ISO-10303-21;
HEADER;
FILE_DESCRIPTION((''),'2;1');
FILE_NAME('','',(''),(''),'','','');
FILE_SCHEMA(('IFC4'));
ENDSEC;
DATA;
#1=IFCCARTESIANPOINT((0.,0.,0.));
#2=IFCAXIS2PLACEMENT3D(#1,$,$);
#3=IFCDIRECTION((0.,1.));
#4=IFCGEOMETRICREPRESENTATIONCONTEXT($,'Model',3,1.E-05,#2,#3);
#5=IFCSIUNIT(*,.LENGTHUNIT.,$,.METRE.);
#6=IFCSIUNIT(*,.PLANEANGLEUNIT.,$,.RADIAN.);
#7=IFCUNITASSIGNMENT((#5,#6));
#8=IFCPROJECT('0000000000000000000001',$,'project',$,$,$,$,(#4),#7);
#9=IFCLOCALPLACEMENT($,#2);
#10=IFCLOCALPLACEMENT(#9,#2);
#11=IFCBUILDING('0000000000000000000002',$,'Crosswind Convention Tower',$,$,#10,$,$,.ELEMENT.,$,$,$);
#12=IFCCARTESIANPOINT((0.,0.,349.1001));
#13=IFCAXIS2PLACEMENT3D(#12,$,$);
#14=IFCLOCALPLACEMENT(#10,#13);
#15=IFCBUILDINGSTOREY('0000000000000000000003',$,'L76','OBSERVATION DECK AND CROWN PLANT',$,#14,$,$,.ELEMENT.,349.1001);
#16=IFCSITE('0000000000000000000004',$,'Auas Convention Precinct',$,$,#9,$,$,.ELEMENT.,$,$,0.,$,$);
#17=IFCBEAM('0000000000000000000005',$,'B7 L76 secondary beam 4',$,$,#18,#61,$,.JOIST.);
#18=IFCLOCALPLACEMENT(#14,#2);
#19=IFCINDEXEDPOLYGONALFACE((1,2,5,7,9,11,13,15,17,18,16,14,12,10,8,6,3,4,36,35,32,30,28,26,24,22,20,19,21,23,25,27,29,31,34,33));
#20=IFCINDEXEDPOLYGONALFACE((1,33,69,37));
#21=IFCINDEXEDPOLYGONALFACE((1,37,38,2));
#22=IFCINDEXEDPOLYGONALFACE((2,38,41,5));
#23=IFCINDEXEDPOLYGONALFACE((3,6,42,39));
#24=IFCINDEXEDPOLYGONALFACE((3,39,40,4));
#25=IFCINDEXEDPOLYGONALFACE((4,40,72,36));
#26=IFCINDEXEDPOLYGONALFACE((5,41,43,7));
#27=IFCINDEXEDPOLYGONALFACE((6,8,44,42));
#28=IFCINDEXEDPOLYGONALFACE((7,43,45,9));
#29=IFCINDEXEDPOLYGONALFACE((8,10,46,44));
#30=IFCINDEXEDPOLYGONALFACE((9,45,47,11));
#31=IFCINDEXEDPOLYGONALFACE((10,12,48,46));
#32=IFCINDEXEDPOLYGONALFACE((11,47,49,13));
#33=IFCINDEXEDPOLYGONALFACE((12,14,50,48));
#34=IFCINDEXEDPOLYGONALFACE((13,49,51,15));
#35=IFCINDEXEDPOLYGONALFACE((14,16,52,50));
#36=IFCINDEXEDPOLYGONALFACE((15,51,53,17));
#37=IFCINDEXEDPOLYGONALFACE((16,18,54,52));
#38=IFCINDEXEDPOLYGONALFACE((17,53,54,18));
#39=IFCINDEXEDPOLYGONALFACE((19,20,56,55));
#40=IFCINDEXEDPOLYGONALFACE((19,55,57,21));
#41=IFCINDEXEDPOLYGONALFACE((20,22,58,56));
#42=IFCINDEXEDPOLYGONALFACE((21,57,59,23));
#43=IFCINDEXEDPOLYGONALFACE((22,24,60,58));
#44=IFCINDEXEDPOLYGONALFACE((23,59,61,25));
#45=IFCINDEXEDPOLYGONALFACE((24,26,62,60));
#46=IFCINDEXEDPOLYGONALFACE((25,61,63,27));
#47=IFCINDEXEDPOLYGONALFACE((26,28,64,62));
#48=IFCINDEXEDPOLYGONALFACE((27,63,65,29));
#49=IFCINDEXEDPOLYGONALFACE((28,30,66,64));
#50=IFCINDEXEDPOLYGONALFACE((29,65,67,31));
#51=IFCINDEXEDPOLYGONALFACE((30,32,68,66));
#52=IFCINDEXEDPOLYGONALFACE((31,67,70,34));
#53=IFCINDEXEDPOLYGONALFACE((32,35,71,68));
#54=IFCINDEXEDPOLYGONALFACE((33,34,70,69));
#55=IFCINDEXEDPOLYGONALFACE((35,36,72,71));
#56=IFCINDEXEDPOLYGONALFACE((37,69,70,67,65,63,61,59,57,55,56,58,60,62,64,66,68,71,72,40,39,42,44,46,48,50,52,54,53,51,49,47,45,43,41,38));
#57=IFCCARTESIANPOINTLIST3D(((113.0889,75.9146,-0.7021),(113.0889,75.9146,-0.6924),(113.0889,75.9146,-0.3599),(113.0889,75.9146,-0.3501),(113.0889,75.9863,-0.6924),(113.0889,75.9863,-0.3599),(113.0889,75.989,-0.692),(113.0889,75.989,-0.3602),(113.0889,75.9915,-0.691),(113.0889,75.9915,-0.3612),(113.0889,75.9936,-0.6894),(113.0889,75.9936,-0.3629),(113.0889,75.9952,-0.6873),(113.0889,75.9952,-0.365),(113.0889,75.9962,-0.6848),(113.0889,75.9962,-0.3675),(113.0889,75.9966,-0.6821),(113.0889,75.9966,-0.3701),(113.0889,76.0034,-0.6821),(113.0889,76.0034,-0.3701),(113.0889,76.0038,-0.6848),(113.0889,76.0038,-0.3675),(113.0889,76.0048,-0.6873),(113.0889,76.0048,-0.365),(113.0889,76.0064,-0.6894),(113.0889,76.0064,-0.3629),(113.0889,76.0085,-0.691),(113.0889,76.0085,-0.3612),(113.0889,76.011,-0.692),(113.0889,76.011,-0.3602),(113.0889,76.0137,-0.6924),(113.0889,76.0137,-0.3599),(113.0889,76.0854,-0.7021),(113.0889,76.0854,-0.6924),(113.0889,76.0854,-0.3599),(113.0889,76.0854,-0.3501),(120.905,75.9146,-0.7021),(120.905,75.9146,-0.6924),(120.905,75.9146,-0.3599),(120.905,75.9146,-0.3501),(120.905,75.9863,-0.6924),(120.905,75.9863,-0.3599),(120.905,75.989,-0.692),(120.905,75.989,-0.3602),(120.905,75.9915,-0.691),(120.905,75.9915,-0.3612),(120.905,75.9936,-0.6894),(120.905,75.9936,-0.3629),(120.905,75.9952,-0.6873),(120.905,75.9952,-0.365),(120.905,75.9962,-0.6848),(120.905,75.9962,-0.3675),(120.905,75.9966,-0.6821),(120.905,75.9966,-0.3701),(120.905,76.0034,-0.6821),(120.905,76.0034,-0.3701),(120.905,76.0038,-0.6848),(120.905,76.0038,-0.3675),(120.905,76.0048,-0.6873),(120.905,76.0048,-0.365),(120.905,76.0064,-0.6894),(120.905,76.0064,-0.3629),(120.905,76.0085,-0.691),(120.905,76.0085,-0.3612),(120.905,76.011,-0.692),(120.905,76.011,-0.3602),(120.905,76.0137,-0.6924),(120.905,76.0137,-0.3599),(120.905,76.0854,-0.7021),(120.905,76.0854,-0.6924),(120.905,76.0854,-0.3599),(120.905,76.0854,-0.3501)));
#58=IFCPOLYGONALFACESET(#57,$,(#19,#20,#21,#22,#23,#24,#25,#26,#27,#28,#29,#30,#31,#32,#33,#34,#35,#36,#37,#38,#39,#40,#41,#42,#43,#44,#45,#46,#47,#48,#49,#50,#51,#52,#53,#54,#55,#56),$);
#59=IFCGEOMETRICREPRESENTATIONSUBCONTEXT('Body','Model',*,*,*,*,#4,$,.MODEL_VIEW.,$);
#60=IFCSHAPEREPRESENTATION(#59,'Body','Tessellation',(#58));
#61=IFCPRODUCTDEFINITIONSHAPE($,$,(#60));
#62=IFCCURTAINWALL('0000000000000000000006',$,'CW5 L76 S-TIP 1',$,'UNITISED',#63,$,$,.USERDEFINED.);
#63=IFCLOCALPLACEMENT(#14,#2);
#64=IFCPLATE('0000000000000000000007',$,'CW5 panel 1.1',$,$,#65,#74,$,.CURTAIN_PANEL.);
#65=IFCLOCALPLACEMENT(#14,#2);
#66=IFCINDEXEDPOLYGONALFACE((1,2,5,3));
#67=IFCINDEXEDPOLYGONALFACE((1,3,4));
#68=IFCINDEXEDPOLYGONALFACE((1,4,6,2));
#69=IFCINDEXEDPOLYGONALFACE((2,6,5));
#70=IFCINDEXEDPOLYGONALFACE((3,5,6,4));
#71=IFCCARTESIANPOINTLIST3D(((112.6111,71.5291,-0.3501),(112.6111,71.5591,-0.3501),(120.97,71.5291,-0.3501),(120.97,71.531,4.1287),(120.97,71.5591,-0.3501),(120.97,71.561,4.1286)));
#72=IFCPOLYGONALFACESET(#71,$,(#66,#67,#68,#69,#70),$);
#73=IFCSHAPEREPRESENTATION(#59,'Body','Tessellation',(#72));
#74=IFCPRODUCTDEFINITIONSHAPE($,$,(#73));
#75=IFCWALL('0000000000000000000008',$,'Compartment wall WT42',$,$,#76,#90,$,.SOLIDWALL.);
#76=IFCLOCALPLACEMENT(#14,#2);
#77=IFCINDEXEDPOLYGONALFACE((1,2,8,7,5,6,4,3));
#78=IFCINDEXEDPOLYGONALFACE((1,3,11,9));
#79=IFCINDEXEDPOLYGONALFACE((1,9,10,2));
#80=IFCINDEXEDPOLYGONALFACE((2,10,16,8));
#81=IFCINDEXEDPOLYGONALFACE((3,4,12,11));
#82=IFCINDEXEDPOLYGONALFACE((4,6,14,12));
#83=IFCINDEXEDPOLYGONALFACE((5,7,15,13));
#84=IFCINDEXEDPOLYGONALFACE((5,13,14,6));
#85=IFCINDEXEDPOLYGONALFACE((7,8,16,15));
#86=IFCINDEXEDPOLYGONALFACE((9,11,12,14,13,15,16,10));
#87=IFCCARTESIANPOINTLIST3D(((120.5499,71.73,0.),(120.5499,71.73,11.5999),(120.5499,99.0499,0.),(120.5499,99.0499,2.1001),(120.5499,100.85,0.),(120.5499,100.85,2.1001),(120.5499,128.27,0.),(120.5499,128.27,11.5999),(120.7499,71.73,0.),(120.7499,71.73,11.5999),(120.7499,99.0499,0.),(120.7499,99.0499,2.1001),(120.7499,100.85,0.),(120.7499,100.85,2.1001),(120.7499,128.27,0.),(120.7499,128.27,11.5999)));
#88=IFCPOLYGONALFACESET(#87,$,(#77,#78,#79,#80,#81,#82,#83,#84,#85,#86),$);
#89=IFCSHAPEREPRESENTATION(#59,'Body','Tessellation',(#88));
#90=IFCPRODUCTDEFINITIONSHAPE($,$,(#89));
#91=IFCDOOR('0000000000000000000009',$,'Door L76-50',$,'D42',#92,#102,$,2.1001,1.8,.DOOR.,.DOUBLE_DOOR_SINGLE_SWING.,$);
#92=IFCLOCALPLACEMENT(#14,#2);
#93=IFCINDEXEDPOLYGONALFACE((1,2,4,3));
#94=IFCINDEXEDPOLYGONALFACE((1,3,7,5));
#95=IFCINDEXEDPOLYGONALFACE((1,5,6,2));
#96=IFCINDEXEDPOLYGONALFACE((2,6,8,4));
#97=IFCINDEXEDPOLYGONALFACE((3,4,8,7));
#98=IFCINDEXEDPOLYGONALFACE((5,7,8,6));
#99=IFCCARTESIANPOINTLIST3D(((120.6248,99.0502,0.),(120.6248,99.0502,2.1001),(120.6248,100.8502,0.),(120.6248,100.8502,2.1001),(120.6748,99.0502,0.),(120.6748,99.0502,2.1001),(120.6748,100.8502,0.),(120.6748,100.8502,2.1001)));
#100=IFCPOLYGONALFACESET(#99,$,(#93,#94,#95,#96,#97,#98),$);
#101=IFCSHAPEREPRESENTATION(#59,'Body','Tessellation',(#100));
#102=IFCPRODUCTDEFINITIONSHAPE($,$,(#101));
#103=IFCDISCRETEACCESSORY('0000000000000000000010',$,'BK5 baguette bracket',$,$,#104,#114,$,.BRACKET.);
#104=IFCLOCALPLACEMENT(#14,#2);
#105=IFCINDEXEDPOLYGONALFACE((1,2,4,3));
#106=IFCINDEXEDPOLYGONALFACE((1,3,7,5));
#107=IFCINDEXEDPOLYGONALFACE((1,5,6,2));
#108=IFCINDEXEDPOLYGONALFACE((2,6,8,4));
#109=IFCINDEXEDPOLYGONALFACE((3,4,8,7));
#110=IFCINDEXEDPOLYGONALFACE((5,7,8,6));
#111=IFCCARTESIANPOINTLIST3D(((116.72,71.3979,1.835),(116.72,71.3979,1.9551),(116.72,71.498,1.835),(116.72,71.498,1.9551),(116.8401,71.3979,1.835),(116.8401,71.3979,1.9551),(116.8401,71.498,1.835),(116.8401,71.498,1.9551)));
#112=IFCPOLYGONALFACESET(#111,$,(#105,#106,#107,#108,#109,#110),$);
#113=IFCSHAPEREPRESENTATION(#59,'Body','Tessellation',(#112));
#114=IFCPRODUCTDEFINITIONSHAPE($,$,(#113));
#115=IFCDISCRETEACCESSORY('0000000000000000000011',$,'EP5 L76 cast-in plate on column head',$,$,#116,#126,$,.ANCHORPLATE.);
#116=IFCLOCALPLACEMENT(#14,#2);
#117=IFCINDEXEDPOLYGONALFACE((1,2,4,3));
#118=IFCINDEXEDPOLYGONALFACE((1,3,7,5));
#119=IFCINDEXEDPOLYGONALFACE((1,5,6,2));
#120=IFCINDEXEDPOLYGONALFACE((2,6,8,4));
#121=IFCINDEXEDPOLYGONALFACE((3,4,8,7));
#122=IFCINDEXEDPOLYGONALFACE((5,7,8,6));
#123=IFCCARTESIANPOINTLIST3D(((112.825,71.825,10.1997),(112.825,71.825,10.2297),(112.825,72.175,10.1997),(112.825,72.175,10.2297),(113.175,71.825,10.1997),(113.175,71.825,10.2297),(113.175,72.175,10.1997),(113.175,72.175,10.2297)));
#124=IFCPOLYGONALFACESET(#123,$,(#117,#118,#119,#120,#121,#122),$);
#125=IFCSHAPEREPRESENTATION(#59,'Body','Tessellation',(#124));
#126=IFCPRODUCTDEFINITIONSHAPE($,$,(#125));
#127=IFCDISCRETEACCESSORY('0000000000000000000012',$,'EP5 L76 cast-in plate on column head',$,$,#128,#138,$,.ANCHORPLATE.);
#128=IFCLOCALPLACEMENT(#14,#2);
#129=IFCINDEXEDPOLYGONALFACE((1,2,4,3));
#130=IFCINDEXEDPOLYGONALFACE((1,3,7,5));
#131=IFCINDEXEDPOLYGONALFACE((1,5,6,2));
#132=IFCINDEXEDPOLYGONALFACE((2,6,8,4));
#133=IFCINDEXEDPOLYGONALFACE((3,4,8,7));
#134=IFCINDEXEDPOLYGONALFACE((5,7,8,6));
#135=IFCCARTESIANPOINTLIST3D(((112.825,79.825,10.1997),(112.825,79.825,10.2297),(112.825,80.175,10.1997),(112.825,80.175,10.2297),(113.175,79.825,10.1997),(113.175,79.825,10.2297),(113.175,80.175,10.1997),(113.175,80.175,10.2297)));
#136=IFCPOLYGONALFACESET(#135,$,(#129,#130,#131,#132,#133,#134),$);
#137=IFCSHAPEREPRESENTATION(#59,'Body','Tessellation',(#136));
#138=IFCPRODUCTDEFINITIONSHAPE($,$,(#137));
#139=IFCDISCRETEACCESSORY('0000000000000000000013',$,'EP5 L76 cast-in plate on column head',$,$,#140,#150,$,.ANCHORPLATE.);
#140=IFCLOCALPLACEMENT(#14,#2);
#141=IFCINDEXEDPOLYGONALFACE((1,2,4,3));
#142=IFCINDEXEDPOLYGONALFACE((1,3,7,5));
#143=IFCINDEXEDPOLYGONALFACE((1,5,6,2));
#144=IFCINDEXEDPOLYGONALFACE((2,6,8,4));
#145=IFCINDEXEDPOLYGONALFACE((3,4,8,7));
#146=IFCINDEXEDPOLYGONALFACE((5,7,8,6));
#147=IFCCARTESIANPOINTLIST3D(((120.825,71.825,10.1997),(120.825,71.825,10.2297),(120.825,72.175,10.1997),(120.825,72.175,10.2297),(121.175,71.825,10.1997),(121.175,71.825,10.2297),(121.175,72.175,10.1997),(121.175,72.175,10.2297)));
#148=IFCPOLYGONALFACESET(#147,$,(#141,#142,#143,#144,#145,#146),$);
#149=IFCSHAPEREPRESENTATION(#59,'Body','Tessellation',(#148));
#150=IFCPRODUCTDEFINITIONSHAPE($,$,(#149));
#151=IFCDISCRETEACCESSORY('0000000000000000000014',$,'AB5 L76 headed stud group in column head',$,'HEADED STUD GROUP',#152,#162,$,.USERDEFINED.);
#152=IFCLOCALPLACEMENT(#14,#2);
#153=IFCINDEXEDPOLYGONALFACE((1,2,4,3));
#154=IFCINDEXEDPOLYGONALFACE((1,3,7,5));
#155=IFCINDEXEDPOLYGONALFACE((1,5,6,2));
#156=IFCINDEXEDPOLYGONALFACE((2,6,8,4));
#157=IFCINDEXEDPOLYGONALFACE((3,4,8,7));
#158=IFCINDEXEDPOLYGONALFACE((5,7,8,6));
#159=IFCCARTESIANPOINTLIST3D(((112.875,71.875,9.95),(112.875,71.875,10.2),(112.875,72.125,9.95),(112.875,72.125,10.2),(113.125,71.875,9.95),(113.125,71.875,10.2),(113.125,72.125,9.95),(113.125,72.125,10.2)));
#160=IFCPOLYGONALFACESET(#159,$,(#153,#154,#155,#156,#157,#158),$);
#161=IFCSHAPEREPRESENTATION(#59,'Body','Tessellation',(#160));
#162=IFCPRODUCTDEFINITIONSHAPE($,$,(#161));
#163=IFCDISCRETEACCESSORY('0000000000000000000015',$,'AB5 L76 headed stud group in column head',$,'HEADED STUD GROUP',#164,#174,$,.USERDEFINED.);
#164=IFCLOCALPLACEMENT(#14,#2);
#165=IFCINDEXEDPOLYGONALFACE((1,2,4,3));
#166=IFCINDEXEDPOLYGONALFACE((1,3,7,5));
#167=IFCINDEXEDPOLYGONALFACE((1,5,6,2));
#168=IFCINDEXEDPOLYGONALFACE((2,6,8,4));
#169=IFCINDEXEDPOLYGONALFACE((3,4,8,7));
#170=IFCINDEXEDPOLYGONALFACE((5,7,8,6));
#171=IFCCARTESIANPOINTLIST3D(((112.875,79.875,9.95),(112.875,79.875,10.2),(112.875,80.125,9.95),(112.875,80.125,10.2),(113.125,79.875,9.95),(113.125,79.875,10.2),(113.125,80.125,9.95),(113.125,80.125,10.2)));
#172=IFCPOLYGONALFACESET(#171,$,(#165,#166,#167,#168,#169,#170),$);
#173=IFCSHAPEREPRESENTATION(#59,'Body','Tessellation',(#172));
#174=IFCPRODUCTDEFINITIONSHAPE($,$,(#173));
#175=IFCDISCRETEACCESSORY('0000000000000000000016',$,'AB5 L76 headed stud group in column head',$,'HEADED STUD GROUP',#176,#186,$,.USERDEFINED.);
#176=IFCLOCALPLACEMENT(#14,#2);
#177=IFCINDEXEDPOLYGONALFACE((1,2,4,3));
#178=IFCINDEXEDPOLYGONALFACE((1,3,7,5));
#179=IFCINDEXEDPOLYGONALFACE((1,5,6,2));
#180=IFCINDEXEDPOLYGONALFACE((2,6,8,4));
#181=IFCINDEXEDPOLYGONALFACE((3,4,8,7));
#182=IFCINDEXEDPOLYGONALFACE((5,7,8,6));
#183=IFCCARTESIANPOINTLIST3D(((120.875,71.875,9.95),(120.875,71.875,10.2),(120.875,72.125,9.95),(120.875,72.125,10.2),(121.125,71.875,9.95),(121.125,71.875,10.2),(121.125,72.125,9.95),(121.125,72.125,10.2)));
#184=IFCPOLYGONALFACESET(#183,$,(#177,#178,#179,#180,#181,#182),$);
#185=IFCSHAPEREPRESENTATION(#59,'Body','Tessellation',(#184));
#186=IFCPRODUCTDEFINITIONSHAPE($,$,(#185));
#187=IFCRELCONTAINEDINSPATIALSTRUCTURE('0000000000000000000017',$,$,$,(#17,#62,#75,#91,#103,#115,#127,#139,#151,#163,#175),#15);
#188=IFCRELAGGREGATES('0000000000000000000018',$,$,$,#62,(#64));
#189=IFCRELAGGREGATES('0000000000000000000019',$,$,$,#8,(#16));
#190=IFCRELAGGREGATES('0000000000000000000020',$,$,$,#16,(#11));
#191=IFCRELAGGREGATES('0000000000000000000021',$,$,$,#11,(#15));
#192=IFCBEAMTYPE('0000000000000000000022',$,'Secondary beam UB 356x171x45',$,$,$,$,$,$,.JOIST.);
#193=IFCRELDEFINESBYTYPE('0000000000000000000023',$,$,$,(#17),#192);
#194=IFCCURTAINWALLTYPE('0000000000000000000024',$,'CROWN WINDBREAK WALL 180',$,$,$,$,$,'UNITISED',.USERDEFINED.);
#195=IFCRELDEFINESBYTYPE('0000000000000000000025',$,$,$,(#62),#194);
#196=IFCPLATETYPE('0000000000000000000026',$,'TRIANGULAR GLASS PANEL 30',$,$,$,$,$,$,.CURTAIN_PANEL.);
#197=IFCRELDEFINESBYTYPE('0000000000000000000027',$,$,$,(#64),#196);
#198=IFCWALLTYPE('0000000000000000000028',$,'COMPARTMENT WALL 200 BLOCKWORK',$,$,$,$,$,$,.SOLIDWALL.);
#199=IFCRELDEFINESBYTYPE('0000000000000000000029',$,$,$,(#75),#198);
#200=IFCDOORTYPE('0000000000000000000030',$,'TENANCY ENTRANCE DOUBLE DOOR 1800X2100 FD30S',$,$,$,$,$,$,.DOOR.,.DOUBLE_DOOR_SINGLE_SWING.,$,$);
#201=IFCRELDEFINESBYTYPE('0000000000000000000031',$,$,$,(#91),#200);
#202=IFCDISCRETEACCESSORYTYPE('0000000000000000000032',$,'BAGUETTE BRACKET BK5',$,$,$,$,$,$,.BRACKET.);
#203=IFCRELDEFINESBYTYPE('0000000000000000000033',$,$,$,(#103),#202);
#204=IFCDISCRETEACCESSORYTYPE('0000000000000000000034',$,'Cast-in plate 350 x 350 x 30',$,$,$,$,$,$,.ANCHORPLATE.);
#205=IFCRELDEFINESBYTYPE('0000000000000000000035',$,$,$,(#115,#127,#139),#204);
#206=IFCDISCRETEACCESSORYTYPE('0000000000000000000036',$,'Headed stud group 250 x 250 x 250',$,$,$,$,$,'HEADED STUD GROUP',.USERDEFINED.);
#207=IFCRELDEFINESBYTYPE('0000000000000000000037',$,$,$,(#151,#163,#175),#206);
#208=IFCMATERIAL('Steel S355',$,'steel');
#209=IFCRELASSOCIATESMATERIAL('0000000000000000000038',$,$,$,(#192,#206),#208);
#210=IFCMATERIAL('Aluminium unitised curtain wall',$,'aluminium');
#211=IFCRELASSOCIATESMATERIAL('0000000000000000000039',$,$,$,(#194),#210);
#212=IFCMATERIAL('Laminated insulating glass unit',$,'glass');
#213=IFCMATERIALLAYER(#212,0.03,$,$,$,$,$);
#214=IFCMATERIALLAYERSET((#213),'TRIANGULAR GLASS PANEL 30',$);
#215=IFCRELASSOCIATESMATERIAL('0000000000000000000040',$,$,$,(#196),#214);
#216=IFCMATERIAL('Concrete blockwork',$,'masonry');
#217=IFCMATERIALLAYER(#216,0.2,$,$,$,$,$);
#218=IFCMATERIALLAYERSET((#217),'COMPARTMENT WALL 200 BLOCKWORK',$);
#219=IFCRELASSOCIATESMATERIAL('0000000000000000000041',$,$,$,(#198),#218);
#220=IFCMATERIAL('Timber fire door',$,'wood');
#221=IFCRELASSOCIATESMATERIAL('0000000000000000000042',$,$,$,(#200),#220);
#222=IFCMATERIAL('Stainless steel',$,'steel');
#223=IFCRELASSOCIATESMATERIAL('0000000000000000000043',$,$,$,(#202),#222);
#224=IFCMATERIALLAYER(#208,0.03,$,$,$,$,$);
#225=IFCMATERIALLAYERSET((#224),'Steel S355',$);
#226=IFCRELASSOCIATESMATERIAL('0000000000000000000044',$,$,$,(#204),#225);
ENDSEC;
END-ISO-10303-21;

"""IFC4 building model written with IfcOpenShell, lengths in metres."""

from ifc_helpers import new_model, si_unit, direction, frame, frame_2d, origin, origin_2d, place, context, subcontext, project, spatial, polyline, rectangle, i_section, outline, extrude, material, layer, layer_set, material_profile, profile_set, type_object, element, fill, aggregate, save


model = new_model("IFC4")

# Units and contexts
model_context = context("Model", 3, precision=1e-05, world=origin(), true_north=direction((0.0, 1.0)))
body_context = subcontext(model_context, "Body", "Model", "MODEL_VIEW")
ifc_project = project(units=[si_unit("LENGTHUNIT", "METRE"), si_unit("PLANEANGLEUNIT", "RADIAN")], contexts=[model_context])

# Site, building, storey
site_placement = place(None, origin())
site = spatial("IfcSite", under=ifc_project, at=site_placement, Name="Auas Convention Precinct", CompositionType="ELEMENT", RefElevation=0.0)
building_placement = place(site_placement, origin())
building = spatial("IfcBuilding", under=site, at=building_placement, Name="Crosswind Convention Tower", CompositionType="ELEMENT")
storey_placement = place(building_placement, frame((0.0, 0.0, 349.1001)))
storey = spatial("IfcBuildingStorey", under=building, at=storey_placement, Name="L76", Description="OBSERVATION DECK AND CROWN PLANT", CompositionType="ELEMENT", Elevation=349.1001)

# Shared definitions
ifc_material_1 = material(Name="Steel S355", Category="steel")

# Beam
ifc_material_profile_1 = material_profile(ifc_material_1, i_section(OverallWidth=0.1709, OverallDepth=0.3521, WebThickness=0.0068, FlangeThickness=0.0098, FilletRadius=0.0103, at=origin_2d()), Name="UB 356x171x45")
ifc_profile_set_1 = profile_set([ifc_material_profile_1], Name="Steel S355")
beam_type_1 = type_object("IfcBeamType", Name="Secondary beam UB 356x171x45", PredefinedType="JOIST", material=ifc_profile_set_1)
beam_1_placement = place(storey_placement, frame((113.0889, 76.0, -0.5261), z_axis=(1.0, 0.0, 0.0), x_axis=(0.0, 1.0, 0.0)))
element("IfcBeam", 1, at=beam_1_placement, inside=storey, type_object=beam_type_1, Name="B7 L76 secondary beam 4", PredefinedType="JOIST", context=body_context, shape_type="SweptSolid", body=[
    extrude(i_section(OverallWidth=0.1709, OverallDepth=0.3521, WebThickness=0.0068, FlangeThickness=0.0098, FilletRadius=0.0103, at=origin_2d()), origin(), (0.0, 0.0, 1.0), 7.8162),
])

# Curtain wall, plate
ifc_material_2 = material(Name="Aluminium unitised curtain wall", Category="aluminium")
curtain_wall_type = type_object("IfcCurtainWallType", Name="CROWN WINDBREAK WALL 180", ElementType="UNITISED", PredefinedType="USERDEFINED", material=ifc_material_2)
curtain_wall_placement = place(storey_placement, origin())
curtain_wall = element("IfcCurtainWall", 2, at=curtain_wall_placement, inside=storey, type_object=curtain_wall_type, Name="CW5 L76 S-TIP 1", ObjectType="UNITISED", PredefinedType="USERDEFINED")
ifc_material_3 = material(Name="Laminated insulating glass unit", Category="glass")
ifc_layer_1 = layer(ifc_material_3, 0.03)
ifc_layer_set_1 = layer_set([ifc_layer_1], Name="TRIANGULAR GLASS PANEL 30")
plate_type = type_object("IfcPlateType", Name="TRIANGULAR GLASS PANEL 30", PredefinedType="CURTAIN_PANEL", material=ifc_layer_set_1)
plate_placement = place(storey_placement, frame((120.97, 71.5291, -0.3501), z_axis=(0.0, -1.0, 0.000436), x_axis=(0.0, 0.000436, 1.0)))
plate = element("IfcPlate", 3, at=plate_placement, type_object=plate_type, Name="CW5 panel 1.1", PredefinedType="CURTAIN_PANEL", context=body_context, shape_type="SweptSolid", body=[
    extrude(outline(polyline([(0.0, 0.0), (4.4788, 0.0), (0.0, 8.3589), (0.0, 0.0)])), origin(), (0.0, 0.0, -1.0), 0.03),
])
aggregate(curtain_wall, [plate])

# Wall, opening, door
ifc_material_4 = material(Name="Concrete blockwork", Category="masonry")
ifc_layer_2 = layer(ifc_material_4, 0.2)
ifc_layer_set_2 = layer_set([ifc_layer_2], Name="COMPARTMENT WALL 200 BLOCKWORK")
wall_type = type_object("IfcWallType", Name="COMPARTMENT WALL 200 BLOCKWORK", PredefinedType="SOLIDWALL", material=ifc_layer_set_2)
wall_placement = place(storey_placement, frame((120.6499, 71.73, 0.0), z_axis=(0.0, 0.0, 1.0), x_axis=(0.0, 1.0, 0.0)))
wall = element("IfcWall", 4, at=wall_placement, inside=storey, type_object=wall_type, Name="Compartment wall WT42", PredefinedType="SOLIDWALL", context=body_context, shape_type="SweptSolid", body=[
    extrude(rectangle(XDim=56.54, YDim=0.2, at=frame_2d((28.27, 0.0))), origin(), (0.0, 0.0, 1.0), 11.5999),
])
opening_placement = place(wall_placement, frame((27.3201, 0.0, 0.0)))
opening = element("IfcOpeningElement", 5, at=opening_placement, cuts=wall, PredefinedType="OPENING", context=body_context, shape_type="SweptSolid", body=[
    extrude(rectangle(XDim=1.8, YDim=2.1001, at=frame_2d((0.8999, 1.05))), frame((0.0, 0.1099, 0.0), z_axis=(0.0, -1.0, 0.0), x_axis=(1.0, 0.0, 0.0)), (0.0, 0.0, 1.0), 0.22),
])
ifc_material_5 = material(Name="Timber fire door", Category="wood")
door_type = type_object("IfcDoorType", Name="TENANCY ENTRANCE DOUBLE DOOR 1800X2100 FD30S", OperationType="DOUBLE_DOOR_SINGLE_SWING", PredefinedType="DOOR", material=ifc_material_5)
door_placement = place(opening_placement, frame((1.8, 0.0, 0.0), z_axis=(0.0, 0.0, 1.0), x_axis=(-1.0, 0.0, 0.0)))
door = element("IfcDoor", 6, at=door_placement, inside=storey, type_object=door_type, Name="Door L76-50", ObjectType="D42", OperationType="DOUBLE_DOOR_SINGLE_SWING", OverallHeight=2.1001, OverallWidth=1.8, PredefinedType="DOOR", context=body_context, shape_type="SweptSolid", body=[
    extrude(rectangle(XDim=1.8, YDim=2.1001, at=frame_2d((0.8999, 1.05))), frame((0.0, 0.0249, 0.0), z_axis=(0.0, -1.0, 0.0), x_axis=(1.0, 0.0, 0.0)), (0.0, 0.0, 1.0), 0.05),
])
fill(opening, door)

# Discrete accessories
ifc_material_6 = material(Name="Stainless steel", Category="steel")
discrete_accessory_type_1 = type_object("IfcDiscreteAccessoryType", Name="BAGUETTE BRACKET BK5", PredefinedType="BRACKET", material=ifc_material_6)
discrete_accessory_placement = place(storey_placement, frame((116.78, 71.448, 1.835), z_axis=(0.0, 0.0, 1.0), x_axis=(1.0, 0.0, 0.0)))
element("IfcDiscreteAccessory", 7, at=discrete_accessory_placement, inside=storey, type_object=discrete_accessory_type_1, Name="BK5 baguette bracket", PredefinedType="BRACKET", context=body_context, shape_type="SweptSolid", body=[
    extrude(rectangle(XDim=0.1201, YDim=0.1001, at=origin_2d()), origin(), (0.0, 0.0, 1.0), 0.1201),
])
ifc_layer_3 = layer(ifc_material_1, 0.03)
ifc_layer_set_3 = layer_set([ifc_layer_3], Name="Steel S355")
discrete_accessory_type_2 = type_object("IfcDiscreteAccessoryType", Name="Cast-in plate 350 x 350 x 30", PredefinedType="ANCHORPLATE", material=ifc_layer_set_3)
for number, where, z_axis, x_axis, name in (
    (8, (113.0, 72.0, 10.1997), (0.0, 0.0, 1.0), (1.0, 0.0, 0.0), "EP5 L76 cast-in plate on column head"),
    (9, (113.0, 80.0, 10.1997), (0.0, 0.0, 1.0), (1.0, 0.0, 0.0), "EP5 L76 cast-in plate on column head"),
    (10, (121.0, 72.0, 10.1997), (0.0, 0.0, 1.0), (1.0, 0.0, 0.0), "EP5 L76 cast-in plate on column head"),
):
    element("IfcDiscreteAccessory", number, at=place(storey_placement, frame(where, z_axis=z_axis, x_axis=x_axis)), inside=storey, type_object=discrete_accessory_type_2, Name=name, PredefinedType="ANCHORPLATE", context=body_context, shape_type="SweptSolid", body=[
        extrude(rectangle(XDim=0.3501, YDim=0.3501, at=origin_2d()), origin(), (0.0, 0.0, 1.0), 0.03),
    ])
discrete_accessory_type_3 = type_object("IfcDiscreteAccessoryType", Name="Headed stud group 250 x 250 x 250", ElementType="HEADED STUD GROUP", PredefinedType="USERDEFINED", material=ifc_material_1)
for number, where, z_axis, x_axis, name in (
    (11, (113.0, 72.0, 9.95), (0.0, 0.0, 1.0), (1.0, 0.0, 0.0), "AB5 L76 headed stud group in column head"),
    (12, (113.0, 80.0, 9.95), (0.0, 0.0, 1.0), (1.0, 0.0, 0.0), "AB5 L76 headed stud group in column head"),
    (13, (121.0, 72.0, 9.95), (0.0, 0.0, 1.0), (1.0, 0.0, 0.0), "AB5 L76 headed stud group in column head"),
):
    element("IfcDiscreteAccessory", number, at=place(storey_placement, frame(where, z_axis=z_axis, x_axis=x_axis)), inside=storey, type_object=discrete_accessory_type_3, Name=name, ObjectType="HEADED STUD GROUP", PredefinedType="USERDEFINED", context=body_context, shape_type="SweptSolid", body=[
        extrude(rectangle(XDim=0.25, YDim=0.25, at=origin_2d()), origin(), (0.0, 0.0, 1.0), 0.25),
    ])

save(model, "model.ifc")
